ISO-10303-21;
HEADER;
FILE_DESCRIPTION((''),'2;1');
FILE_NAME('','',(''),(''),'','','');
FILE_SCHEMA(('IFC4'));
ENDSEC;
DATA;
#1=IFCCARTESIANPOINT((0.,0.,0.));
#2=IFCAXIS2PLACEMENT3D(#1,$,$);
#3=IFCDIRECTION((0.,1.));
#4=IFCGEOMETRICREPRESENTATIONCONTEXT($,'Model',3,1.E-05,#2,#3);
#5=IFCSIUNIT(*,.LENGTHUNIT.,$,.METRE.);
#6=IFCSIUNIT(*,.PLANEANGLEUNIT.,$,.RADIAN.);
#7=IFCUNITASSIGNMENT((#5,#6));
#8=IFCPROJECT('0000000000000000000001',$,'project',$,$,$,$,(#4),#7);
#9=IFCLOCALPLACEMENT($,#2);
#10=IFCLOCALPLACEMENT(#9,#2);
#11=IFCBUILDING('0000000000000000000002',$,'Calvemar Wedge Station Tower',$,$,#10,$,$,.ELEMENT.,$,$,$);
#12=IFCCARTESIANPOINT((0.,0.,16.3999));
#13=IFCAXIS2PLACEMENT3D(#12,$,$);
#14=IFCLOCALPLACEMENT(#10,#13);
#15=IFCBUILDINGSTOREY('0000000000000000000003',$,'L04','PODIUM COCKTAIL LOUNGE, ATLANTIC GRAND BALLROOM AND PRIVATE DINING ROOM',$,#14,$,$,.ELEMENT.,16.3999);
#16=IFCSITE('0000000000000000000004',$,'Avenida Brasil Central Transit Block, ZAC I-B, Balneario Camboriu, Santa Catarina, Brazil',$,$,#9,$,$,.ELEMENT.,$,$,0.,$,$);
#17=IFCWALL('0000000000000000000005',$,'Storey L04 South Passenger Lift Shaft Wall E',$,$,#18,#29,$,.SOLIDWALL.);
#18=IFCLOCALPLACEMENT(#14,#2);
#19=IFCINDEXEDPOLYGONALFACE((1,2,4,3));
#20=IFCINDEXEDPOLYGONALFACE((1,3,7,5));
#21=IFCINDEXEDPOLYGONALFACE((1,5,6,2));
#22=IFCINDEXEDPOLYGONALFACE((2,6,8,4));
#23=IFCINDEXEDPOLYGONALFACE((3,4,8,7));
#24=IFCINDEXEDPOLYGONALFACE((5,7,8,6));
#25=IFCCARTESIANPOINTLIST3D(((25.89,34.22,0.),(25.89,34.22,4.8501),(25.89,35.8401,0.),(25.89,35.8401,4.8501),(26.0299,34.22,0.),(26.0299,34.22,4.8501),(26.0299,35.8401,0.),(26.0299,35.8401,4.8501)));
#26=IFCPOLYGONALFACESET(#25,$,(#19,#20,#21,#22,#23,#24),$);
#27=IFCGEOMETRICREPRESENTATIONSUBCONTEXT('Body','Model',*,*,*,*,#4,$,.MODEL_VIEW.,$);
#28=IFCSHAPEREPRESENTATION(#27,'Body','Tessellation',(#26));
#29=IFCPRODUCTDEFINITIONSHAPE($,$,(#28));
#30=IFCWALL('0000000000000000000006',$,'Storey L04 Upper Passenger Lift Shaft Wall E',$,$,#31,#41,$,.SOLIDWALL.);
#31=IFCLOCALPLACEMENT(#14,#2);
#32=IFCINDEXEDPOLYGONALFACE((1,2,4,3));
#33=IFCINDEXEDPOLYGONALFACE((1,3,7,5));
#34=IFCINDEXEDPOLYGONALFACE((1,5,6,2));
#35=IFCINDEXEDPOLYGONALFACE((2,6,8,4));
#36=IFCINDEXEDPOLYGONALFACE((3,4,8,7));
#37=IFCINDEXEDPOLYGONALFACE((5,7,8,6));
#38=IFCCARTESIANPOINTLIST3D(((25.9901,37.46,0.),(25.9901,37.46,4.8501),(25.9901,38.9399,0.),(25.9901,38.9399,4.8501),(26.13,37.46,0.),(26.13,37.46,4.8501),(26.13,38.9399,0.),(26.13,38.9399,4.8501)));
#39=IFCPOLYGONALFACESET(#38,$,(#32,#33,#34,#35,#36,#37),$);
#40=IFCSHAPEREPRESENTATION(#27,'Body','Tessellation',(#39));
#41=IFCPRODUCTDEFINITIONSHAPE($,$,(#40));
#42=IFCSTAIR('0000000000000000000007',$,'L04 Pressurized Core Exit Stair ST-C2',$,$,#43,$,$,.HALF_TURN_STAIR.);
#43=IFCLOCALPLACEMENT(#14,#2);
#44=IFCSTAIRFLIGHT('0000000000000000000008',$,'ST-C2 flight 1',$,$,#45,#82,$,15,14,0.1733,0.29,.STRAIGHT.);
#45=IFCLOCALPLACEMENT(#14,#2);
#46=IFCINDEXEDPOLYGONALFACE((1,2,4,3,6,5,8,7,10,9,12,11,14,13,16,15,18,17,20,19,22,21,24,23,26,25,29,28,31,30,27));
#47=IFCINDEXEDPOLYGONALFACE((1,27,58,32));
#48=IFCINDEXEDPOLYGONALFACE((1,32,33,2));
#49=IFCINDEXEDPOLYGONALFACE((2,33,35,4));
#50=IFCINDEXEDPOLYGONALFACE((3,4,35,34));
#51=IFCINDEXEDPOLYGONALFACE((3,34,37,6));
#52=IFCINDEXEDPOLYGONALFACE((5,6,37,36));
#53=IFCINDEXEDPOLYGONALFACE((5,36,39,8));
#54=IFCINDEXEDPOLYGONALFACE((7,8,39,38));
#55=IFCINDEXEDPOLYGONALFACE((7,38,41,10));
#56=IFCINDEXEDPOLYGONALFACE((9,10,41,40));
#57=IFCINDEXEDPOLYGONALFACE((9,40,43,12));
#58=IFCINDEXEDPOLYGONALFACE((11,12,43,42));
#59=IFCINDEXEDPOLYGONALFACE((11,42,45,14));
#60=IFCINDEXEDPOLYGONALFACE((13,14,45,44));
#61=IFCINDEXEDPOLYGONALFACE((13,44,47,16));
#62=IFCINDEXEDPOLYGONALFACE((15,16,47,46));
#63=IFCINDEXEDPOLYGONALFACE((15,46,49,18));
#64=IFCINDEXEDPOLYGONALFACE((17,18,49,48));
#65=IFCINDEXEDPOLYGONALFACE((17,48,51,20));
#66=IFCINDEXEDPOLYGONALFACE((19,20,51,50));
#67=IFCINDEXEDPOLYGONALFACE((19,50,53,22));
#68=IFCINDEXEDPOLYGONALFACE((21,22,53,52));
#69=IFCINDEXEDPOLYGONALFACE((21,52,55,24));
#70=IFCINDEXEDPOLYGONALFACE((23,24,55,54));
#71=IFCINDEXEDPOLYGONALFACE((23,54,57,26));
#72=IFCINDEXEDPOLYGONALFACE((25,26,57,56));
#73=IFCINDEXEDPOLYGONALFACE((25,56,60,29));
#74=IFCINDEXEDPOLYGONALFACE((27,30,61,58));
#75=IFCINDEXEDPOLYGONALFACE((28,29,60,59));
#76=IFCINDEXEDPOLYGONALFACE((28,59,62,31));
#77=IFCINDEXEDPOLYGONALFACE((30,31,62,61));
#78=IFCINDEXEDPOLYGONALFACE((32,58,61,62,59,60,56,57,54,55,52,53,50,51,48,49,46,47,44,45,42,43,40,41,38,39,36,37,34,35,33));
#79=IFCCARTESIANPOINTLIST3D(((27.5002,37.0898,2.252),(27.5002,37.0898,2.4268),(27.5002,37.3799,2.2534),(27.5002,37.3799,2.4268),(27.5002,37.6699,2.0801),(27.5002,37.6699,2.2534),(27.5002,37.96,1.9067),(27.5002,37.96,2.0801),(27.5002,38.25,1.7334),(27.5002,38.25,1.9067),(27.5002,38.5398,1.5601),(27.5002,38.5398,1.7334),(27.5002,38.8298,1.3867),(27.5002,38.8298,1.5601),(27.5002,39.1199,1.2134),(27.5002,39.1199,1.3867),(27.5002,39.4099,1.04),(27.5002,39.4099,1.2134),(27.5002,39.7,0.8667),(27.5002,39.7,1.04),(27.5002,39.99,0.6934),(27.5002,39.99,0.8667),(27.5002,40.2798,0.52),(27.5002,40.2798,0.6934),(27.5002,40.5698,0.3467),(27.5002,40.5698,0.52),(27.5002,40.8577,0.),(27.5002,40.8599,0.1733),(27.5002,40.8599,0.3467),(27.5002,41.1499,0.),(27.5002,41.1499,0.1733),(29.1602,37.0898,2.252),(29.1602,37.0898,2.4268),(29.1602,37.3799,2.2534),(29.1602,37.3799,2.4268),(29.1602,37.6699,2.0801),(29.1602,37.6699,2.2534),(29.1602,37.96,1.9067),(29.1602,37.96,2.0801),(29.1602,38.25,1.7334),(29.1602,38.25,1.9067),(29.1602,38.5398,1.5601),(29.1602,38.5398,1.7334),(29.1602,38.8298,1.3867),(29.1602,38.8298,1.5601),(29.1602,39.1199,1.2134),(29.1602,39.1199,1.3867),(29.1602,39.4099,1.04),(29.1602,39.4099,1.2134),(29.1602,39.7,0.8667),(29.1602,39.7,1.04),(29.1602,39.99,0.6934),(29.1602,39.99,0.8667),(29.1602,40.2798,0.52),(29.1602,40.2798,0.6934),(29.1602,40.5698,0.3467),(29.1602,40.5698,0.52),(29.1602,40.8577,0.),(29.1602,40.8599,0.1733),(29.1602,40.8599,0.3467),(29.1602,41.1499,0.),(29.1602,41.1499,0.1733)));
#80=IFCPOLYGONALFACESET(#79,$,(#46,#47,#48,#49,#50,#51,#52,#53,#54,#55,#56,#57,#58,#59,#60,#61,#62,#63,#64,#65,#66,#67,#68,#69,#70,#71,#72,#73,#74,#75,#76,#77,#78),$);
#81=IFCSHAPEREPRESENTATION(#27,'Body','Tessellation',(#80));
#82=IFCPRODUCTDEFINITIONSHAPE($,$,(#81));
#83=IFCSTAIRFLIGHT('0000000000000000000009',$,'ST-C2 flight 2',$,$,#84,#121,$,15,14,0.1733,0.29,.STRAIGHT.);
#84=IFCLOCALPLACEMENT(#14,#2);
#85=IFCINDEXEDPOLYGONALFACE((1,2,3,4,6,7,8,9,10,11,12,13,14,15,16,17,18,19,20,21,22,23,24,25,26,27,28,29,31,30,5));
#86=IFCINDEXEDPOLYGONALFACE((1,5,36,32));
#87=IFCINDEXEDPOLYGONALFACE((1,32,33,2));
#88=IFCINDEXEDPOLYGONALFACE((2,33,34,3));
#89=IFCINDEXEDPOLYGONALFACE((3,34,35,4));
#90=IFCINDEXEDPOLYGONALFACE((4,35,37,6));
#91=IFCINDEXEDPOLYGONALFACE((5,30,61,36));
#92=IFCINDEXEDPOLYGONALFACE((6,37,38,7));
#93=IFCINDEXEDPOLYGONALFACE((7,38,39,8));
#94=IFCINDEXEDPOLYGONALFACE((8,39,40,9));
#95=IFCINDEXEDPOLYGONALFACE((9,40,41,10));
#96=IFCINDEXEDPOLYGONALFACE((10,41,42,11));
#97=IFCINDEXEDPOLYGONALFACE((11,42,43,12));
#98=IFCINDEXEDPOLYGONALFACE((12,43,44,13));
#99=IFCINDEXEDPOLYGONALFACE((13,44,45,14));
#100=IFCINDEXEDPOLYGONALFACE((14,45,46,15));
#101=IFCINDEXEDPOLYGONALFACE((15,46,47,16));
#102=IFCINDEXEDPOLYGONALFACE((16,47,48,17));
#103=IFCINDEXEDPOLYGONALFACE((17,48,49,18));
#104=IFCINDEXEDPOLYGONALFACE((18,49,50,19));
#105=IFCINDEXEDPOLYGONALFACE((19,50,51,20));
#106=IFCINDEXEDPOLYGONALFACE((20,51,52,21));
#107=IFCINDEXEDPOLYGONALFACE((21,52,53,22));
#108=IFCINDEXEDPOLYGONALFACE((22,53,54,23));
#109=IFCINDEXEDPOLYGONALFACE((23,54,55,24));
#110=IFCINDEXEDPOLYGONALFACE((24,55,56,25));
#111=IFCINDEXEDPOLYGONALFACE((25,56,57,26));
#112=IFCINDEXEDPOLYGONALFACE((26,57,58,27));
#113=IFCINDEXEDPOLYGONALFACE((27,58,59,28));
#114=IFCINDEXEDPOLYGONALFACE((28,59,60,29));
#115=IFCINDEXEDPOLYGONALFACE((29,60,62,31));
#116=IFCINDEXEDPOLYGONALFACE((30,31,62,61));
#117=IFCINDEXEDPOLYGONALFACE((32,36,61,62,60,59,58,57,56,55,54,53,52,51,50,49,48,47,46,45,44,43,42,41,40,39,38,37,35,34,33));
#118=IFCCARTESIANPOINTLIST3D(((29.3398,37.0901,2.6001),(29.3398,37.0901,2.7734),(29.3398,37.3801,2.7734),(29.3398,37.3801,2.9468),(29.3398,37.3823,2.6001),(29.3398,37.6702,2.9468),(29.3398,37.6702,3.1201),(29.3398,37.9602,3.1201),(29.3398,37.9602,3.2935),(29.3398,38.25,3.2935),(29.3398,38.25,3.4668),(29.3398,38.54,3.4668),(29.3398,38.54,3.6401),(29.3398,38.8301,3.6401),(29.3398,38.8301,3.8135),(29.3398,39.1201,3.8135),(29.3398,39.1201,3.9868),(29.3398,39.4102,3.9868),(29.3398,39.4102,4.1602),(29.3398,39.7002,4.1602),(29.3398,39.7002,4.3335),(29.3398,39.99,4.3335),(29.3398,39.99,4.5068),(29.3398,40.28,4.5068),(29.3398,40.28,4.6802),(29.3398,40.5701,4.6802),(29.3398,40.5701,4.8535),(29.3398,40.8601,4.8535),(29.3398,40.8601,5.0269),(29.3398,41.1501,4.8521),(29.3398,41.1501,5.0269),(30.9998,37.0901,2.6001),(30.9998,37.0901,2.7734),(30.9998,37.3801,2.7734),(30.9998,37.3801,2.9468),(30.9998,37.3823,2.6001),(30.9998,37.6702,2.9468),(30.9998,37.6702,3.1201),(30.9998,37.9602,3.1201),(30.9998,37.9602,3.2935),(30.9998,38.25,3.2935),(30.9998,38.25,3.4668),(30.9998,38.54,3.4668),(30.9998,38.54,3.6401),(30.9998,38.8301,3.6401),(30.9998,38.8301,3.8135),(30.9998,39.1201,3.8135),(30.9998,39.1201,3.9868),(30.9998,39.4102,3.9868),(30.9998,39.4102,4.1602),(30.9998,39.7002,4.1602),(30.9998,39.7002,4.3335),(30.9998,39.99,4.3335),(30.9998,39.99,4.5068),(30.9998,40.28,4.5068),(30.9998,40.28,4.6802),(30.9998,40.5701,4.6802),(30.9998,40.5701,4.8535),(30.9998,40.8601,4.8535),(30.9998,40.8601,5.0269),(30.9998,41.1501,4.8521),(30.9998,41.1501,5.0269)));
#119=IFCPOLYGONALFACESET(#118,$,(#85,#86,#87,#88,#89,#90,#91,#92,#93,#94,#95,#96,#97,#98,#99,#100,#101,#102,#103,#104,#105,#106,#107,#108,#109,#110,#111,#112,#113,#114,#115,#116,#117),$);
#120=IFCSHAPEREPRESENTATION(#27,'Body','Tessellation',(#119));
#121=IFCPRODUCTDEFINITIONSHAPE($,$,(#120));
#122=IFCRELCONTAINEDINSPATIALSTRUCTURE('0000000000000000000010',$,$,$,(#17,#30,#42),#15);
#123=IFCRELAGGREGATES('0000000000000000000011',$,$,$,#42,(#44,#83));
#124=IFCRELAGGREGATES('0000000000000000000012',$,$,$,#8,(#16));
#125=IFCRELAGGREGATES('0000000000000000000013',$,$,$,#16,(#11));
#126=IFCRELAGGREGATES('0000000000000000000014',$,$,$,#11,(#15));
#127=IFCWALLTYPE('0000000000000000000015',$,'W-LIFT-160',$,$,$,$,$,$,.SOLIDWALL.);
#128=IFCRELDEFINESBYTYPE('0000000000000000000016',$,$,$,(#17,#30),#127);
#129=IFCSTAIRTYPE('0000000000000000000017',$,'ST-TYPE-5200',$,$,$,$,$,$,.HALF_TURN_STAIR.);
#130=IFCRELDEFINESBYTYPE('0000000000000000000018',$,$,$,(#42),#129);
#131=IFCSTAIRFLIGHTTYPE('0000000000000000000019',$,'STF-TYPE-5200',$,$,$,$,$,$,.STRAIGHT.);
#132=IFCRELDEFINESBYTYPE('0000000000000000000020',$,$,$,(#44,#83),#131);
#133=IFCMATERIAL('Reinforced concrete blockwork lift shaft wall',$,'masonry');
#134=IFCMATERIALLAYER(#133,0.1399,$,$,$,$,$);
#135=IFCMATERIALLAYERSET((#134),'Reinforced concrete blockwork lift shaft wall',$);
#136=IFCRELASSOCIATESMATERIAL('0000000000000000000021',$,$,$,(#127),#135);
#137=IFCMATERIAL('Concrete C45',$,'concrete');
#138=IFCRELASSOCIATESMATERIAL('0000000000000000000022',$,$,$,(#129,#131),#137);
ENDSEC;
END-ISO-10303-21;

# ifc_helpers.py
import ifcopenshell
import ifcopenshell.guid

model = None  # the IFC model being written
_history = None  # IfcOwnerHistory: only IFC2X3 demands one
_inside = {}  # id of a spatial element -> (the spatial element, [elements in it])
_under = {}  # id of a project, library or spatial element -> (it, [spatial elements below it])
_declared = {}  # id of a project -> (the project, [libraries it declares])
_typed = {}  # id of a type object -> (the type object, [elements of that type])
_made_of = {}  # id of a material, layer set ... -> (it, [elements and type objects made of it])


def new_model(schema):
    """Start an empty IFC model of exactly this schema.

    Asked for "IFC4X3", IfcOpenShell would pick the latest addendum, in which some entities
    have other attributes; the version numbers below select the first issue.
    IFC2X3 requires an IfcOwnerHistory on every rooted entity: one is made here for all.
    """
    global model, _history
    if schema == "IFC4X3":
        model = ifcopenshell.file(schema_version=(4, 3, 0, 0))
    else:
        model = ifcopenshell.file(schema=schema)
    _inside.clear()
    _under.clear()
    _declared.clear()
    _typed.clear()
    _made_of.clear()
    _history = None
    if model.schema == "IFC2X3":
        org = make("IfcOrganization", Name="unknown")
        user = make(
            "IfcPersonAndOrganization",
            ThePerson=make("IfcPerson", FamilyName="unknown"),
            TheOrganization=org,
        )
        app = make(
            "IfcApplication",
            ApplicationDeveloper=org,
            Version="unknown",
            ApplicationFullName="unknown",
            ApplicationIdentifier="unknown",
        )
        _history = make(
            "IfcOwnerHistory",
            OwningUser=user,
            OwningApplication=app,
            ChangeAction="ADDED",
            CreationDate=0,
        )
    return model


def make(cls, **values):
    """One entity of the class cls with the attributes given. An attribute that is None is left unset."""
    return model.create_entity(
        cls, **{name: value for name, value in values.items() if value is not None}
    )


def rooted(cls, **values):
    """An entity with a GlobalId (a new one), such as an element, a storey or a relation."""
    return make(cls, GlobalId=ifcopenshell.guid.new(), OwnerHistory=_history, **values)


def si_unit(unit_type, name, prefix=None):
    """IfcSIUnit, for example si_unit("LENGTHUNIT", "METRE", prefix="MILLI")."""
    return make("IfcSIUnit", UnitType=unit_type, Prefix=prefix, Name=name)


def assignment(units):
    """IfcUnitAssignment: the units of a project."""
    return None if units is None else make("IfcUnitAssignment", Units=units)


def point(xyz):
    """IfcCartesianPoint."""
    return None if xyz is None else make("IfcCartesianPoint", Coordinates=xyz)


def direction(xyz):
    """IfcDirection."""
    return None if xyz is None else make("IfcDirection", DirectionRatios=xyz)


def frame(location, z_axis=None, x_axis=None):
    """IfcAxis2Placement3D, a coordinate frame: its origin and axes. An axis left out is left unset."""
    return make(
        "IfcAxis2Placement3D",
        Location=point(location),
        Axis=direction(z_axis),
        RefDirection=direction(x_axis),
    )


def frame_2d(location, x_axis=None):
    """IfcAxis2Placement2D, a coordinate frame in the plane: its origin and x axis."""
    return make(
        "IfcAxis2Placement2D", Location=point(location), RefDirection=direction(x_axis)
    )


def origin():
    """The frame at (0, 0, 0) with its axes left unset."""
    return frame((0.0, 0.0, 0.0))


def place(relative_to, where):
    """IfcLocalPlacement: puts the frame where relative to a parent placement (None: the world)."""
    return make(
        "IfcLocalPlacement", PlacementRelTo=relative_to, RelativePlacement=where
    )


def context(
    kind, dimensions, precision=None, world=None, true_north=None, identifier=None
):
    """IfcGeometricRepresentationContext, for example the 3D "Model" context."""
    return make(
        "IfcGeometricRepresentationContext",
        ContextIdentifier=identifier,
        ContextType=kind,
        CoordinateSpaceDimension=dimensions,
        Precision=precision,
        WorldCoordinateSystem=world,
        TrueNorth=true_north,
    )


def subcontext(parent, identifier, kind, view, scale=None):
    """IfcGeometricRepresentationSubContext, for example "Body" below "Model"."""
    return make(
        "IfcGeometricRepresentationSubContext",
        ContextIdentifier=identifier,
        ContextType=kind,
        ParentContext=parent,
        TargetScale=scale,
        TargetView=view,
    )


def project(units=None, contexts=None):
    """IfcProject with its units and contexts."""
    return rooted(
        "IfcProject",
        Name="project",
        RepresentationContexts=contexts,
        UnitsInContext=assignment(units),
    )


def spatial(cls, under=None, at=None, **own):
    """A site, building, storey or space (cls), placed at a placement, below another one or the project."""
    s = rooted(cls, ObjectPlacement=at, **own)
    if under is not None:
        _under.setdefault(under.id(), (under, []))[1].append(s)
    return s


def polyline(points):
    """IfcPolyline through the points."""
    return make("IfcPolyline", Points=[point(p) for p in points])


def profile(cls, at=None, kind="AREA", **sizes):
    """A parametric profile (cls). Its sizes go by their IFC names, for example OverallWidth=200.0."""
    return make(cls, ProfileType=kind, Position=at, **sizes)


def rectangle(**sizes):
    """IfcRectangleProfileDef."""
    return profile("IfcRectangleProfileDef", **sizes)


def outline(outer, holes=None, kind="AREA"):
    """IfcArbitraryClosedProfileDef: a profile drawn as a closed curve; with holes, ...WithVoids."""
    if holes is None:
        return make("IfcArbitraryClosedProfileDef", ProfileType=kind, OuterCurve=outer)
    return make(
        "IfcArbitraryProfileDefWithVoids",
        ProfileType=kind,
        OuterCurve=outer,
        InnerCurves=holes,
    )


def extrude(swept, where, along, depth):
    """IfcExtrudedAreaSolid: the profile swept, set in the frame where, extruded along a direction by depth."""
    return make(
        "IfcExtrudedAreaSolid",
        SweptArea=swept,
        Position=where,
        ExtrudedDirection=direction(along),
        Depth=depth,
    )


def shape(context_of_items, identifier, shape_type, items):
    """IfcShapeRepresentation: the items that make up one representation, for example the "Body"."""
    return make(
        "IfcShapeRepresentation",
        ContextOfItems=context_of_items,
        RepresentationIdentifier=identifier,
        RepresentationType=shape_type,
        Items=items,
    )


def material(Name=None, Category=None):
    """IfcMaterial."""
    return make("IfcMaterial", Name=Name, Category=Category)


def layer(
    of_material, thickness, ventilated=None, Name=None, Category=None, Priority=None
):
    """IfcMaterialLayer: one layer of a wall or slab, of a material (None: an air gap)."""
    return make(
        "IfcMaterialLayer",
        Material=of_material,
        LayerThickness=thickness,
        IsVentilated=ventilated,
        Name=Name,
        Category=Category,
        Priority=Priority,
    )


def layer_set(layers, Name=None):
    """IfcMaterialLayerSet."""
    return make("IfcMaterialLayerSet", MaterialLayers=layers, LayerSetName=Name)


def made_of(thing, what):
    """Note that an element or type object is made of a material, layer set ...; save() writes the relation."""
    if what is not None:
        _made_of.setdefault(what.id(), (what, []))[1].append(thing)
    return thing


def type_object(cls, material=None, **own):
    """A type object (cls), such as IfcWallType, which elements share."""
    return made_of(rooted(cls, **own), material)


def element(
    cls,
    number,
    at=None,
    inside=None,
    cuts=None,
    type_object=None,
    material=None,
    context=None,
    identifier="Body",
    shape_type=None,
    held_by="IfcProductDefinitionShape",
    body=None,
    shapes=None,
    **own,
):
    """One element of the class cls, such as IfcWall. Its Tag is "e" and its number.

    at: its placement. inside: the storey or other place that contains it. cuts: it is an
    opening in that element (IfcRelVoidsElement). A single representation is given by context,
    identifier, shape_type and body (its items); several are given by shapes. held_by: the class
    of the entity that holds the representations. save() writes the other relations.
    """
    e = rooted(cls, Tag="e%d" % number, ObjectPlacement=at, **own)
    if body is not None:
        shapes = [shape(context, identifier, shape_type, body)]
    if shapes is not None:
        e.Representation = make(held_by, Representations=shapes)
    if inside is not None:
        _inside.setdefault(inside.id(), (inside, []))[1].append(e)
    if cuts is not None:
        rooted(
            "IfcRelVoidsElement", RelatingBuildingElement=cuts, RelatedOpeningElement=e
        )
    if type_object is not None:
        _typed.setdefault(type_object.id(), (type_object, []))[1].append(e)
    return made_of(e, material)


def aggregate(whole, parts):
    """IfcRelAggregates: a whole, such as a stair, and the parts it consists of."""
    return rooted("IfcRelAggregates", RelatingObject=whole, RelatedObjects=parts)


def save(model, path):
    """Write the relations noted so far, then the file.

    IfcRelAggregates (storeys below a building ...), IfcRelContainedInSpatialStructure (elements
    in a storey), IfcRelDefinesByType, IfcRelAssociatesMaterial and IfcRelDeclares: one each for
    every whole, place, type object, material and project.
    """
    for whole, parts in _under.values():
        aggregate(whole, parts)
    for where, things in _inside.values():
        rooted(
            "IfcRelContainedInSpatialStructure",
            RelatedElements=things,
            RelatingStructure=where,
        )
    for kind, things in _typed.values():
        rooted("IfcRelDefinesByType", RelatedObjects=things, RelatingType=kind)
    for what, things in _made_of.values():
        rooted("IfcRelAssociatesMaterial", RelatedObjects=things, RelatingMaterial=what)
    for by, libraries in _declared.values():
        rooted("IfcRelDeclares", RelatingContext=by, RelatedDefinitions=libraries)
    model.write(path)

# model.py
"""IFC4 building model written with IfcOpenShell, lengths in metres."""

from ifc_helpers import new_model, si_unit, direction, frame, frame_2d, origin, place, context, subcontext, project, spatial, polyline, rectangle, outline, extrude, material, layer, layer_set, type_object, element, aggregate, save


model = new_model("IFC4")

# Units and contexts
model_context = context("Model", 3, precision=1e-05, world=origin(), true_north=direction((0.0, 1.0)))
body_context = subcontext(model_context, "Body", "Model", "MODEL_VIEW")
ifc_project = project(units=[si_unit("LENGTHUNIT", "METRE"), si_unit("PLANEANGLEUNIT", "RADIAN")], contexts=[model_context])

# Site, building, storey
site_placement = place(None, origin())
site = spatial("IfcSite", under=ifc_project, at=site_placement, Name="Avenida Brasil Central Transit Block, ZAC I-B, Balneario Camboriu, Santa Catarina, Brazil", CompositionType="ELEMENT", RefElevation=0.0)
building_placement = place(site_placement, origin())
building = spatial("IfcBuilding", under=site, at=building_placement, Name="Calvemar Wedge Station Tower", CompositionType="ELEMENT")
storey_placement = place(building_placement, frame((0.0, 0.0, 16.3999)))
storey = spatial("IfcBuildingStorey", under=building, at=storey_placement, Name="L04", Description="PODIUM COCKTAIL LOUNGE, ATLANTIC GRAND BALLROOM AND PRIVATE DINING ROOM", CompositionType="ELEMENT", Elevation=16.3999)

# Walls
ifc_material_1 = material(Name="Reinforced concrete blockwork lift shaft wall", Category="masonry")
ifc_layer_1 = layer(ifc_material_1, 0.1399)
ifc_layer_set_1 = layer_set([ifc_layer_1], Name="Reinforced concrete blockwork lift shaft wall")
wall_type_1 = type_object("IfcWallType", Name="W-LIFT-160", PredefinedType="SOLIDWALL", material=ifc_layer_set_1)
wall_1_placement = place(storey_placement, frame((25.96, 34.22, 0.0), z_axis=(0.0, 0.0, 1.0), x_axis=(0.0, 1.0, 0.0)))
element("IfcWall", 1, at=wall_1_placement, inside=storey, type_object=wall_type_1, Name="Storey L04 South Passenger Lift Shaft Wall E", PredefinedType="SOLIDWALL", context=body_context, shape_type="SweptSolid", body=[
    extrude(rectangle(XDim=1.6201, YDim=0.1399, at=frame_2d((0.8101, 0.0))), origin(), (0.0, 0.0, 1.0), 4.8501),
])
wall_2_placement = place(storey_placement, frame((26.0601, 37.46, 0.0), z_axis=(0.0, 0.0, 1.0), x_axis=(0.0, 1.0, 0.0)))
element("IfcWall", 2, at=wall_2_placement, inside=storey, type_object=wall_type_1, Name="Storey L04 Upper Passenger Lift Shaft Wall E", PredefinedType="SOLIDWALL", context=body_context, shape_type="SweptSolid", body=[
    extrude(rectangle(XDim=1.48, YDim=0.1399, at=frame_2d((0.74, 0.0))), origin(), (0.0, 0.0, 1.0), 4.8501),
])

# Stair, stair flights
ifc_material_2 = material(Name="Concrete C45", Category="concrete")
stair_type = type_object("IfcStairType", Name="ST-TYPE-5200", PredefinedType="HALF_TURN_STAIR", material=ifc_material_2)
stair_placement = place(storey_placement, origin())
stair = element("IfcStair", 3, at=stair_placement, inside=storey, type_object=stair_type, Name="L04 Pressurized Core Exit Stair ST-C2", PredefinedType="HALF_TURN_STAIR")
stair_flight_type = type_object("IfcStairFlightType", Name="STF-TYPE-5200", PredefinedType="STRAIGHT", material=ifc_material_2)
stair_flight_1_placement = place(storey_placement, frame((28.3301, 41.1499, 0.0), z_axis=(0.0, 0.0, 1.0), x_axis=(0.0, -1.0, 0.0)))
stair_flight_1 = element("IfcStairFlight", 4, at=stair_flight_1_placement, type_object=stair_flight_type, Name="ST-C2 flight 1", NumberOfRisers=15, NumberOfTreads=14, PredefinedType="STRAIGHT", RiserHeight=0.1733, TreadLength=0.29, context=body_context, shape_type="SweptSolid", body=[
    extrude(outline(polyline([(0.0, 0.0), (0.0, 0.1733), (0.29, 0.1733), (0.29, 0.3467), (0.5801, 0.3467), (0.5801, 0.52), (0.8701, 0.52), (0.8701, 0.6934), (1.1599, 0.6934), (1.1599, 0.8667), (1.45, 0.8667), (1.45, 1.04), (1.74, 1.04), (1.74, 1.2134), (2.03, 1.2134), (2.03, 1.3867), (2.3201, 1.3867), (2.3201, 1.5601), (2.6101, 1.5601), (2.6101, 1.7334), (2.8999, 1.7334), (2.8999, 1.9067), (3.1899, 1.9067), (3.1899, 2.0801), (3.48, 2.0801), (3.48, 2.2534), (3.77, 2.2534), (3.77, 2.4268), (4.0601, 2.4268), (4.0601, 2.6001), (4.0601, 2.252), (0.2922, 0.0), (0.0, 0.0)])), frame((0.0, 0.8301, 0.0), z_axis=(0.0, -1.0, 0.0), x_axis=(1.0, 0.0, 0.0)), (0.0, 0.0, 1.0), 1.6599),
])
stair_flight_2_placement = place(storey_placement, frame((30.1699, 37.0901, 2.6001), z_axis=(0.0, 0.0, 1.0), x_axis=(0.0, 1.0, 0.0)))
stair_flight_2 = element("IfcStairFlight", 5, at=stair_flight_2_placement, type_object=stair_flight_type, Name="ST-C2 flight 2", NumberOfRisers=15, NumberOfTreads=14, PredefinedType="STRAIGHT", RiserHeight=0.1733, TreadLength=0.29, context=body_context, shape_type="SweptSolid", body=[
    extrude(outline(polyline([(0.0, 0.0), (0.0, 0.1733), (0.29, 0.1733), (0.29, 0.3467), (0.5801, 0.3467), (0.5801, 0.52), (0.8701, 0.52), (0.8701, 0.6934), (1.1599, 0.6934), (1.1599, 0.8667), (1.45, 0.8667), (1.45, 1.04), (1.74, 1.04), (1.74, 1.2134), (2.03, 1.2134), (2.03, 1.3867), (2.3201, 1.3867), (2.3201, 1.5601), (2.6101, 1.5601), (2.6101, 1.7334), (2.8999, 1.7334), (2.8999, 1.9067), (3.1899, 1.9067), (3.1899, 2.0801), (3.48, 2.0801), (3.48, 2.2534), (3.77, 2.2534), (3.77, 2.4268), (4.0601, 2.4268), (4.0601, 2.6001), (4.0601, 2.252), (0.2922, 0.0), (0.0, 0.0)])), frame((0.0, 0.8301, 0.0), z_axis=(0.0, -1.0, 0.0), x_axis=(1.0, 0.0, 0.0)), (0.0, 0.0, 1.0), 1.6599),
])
aggregate(stair, [stair_flight_1, stair_flight_2])

save(model, "model.ifc")
